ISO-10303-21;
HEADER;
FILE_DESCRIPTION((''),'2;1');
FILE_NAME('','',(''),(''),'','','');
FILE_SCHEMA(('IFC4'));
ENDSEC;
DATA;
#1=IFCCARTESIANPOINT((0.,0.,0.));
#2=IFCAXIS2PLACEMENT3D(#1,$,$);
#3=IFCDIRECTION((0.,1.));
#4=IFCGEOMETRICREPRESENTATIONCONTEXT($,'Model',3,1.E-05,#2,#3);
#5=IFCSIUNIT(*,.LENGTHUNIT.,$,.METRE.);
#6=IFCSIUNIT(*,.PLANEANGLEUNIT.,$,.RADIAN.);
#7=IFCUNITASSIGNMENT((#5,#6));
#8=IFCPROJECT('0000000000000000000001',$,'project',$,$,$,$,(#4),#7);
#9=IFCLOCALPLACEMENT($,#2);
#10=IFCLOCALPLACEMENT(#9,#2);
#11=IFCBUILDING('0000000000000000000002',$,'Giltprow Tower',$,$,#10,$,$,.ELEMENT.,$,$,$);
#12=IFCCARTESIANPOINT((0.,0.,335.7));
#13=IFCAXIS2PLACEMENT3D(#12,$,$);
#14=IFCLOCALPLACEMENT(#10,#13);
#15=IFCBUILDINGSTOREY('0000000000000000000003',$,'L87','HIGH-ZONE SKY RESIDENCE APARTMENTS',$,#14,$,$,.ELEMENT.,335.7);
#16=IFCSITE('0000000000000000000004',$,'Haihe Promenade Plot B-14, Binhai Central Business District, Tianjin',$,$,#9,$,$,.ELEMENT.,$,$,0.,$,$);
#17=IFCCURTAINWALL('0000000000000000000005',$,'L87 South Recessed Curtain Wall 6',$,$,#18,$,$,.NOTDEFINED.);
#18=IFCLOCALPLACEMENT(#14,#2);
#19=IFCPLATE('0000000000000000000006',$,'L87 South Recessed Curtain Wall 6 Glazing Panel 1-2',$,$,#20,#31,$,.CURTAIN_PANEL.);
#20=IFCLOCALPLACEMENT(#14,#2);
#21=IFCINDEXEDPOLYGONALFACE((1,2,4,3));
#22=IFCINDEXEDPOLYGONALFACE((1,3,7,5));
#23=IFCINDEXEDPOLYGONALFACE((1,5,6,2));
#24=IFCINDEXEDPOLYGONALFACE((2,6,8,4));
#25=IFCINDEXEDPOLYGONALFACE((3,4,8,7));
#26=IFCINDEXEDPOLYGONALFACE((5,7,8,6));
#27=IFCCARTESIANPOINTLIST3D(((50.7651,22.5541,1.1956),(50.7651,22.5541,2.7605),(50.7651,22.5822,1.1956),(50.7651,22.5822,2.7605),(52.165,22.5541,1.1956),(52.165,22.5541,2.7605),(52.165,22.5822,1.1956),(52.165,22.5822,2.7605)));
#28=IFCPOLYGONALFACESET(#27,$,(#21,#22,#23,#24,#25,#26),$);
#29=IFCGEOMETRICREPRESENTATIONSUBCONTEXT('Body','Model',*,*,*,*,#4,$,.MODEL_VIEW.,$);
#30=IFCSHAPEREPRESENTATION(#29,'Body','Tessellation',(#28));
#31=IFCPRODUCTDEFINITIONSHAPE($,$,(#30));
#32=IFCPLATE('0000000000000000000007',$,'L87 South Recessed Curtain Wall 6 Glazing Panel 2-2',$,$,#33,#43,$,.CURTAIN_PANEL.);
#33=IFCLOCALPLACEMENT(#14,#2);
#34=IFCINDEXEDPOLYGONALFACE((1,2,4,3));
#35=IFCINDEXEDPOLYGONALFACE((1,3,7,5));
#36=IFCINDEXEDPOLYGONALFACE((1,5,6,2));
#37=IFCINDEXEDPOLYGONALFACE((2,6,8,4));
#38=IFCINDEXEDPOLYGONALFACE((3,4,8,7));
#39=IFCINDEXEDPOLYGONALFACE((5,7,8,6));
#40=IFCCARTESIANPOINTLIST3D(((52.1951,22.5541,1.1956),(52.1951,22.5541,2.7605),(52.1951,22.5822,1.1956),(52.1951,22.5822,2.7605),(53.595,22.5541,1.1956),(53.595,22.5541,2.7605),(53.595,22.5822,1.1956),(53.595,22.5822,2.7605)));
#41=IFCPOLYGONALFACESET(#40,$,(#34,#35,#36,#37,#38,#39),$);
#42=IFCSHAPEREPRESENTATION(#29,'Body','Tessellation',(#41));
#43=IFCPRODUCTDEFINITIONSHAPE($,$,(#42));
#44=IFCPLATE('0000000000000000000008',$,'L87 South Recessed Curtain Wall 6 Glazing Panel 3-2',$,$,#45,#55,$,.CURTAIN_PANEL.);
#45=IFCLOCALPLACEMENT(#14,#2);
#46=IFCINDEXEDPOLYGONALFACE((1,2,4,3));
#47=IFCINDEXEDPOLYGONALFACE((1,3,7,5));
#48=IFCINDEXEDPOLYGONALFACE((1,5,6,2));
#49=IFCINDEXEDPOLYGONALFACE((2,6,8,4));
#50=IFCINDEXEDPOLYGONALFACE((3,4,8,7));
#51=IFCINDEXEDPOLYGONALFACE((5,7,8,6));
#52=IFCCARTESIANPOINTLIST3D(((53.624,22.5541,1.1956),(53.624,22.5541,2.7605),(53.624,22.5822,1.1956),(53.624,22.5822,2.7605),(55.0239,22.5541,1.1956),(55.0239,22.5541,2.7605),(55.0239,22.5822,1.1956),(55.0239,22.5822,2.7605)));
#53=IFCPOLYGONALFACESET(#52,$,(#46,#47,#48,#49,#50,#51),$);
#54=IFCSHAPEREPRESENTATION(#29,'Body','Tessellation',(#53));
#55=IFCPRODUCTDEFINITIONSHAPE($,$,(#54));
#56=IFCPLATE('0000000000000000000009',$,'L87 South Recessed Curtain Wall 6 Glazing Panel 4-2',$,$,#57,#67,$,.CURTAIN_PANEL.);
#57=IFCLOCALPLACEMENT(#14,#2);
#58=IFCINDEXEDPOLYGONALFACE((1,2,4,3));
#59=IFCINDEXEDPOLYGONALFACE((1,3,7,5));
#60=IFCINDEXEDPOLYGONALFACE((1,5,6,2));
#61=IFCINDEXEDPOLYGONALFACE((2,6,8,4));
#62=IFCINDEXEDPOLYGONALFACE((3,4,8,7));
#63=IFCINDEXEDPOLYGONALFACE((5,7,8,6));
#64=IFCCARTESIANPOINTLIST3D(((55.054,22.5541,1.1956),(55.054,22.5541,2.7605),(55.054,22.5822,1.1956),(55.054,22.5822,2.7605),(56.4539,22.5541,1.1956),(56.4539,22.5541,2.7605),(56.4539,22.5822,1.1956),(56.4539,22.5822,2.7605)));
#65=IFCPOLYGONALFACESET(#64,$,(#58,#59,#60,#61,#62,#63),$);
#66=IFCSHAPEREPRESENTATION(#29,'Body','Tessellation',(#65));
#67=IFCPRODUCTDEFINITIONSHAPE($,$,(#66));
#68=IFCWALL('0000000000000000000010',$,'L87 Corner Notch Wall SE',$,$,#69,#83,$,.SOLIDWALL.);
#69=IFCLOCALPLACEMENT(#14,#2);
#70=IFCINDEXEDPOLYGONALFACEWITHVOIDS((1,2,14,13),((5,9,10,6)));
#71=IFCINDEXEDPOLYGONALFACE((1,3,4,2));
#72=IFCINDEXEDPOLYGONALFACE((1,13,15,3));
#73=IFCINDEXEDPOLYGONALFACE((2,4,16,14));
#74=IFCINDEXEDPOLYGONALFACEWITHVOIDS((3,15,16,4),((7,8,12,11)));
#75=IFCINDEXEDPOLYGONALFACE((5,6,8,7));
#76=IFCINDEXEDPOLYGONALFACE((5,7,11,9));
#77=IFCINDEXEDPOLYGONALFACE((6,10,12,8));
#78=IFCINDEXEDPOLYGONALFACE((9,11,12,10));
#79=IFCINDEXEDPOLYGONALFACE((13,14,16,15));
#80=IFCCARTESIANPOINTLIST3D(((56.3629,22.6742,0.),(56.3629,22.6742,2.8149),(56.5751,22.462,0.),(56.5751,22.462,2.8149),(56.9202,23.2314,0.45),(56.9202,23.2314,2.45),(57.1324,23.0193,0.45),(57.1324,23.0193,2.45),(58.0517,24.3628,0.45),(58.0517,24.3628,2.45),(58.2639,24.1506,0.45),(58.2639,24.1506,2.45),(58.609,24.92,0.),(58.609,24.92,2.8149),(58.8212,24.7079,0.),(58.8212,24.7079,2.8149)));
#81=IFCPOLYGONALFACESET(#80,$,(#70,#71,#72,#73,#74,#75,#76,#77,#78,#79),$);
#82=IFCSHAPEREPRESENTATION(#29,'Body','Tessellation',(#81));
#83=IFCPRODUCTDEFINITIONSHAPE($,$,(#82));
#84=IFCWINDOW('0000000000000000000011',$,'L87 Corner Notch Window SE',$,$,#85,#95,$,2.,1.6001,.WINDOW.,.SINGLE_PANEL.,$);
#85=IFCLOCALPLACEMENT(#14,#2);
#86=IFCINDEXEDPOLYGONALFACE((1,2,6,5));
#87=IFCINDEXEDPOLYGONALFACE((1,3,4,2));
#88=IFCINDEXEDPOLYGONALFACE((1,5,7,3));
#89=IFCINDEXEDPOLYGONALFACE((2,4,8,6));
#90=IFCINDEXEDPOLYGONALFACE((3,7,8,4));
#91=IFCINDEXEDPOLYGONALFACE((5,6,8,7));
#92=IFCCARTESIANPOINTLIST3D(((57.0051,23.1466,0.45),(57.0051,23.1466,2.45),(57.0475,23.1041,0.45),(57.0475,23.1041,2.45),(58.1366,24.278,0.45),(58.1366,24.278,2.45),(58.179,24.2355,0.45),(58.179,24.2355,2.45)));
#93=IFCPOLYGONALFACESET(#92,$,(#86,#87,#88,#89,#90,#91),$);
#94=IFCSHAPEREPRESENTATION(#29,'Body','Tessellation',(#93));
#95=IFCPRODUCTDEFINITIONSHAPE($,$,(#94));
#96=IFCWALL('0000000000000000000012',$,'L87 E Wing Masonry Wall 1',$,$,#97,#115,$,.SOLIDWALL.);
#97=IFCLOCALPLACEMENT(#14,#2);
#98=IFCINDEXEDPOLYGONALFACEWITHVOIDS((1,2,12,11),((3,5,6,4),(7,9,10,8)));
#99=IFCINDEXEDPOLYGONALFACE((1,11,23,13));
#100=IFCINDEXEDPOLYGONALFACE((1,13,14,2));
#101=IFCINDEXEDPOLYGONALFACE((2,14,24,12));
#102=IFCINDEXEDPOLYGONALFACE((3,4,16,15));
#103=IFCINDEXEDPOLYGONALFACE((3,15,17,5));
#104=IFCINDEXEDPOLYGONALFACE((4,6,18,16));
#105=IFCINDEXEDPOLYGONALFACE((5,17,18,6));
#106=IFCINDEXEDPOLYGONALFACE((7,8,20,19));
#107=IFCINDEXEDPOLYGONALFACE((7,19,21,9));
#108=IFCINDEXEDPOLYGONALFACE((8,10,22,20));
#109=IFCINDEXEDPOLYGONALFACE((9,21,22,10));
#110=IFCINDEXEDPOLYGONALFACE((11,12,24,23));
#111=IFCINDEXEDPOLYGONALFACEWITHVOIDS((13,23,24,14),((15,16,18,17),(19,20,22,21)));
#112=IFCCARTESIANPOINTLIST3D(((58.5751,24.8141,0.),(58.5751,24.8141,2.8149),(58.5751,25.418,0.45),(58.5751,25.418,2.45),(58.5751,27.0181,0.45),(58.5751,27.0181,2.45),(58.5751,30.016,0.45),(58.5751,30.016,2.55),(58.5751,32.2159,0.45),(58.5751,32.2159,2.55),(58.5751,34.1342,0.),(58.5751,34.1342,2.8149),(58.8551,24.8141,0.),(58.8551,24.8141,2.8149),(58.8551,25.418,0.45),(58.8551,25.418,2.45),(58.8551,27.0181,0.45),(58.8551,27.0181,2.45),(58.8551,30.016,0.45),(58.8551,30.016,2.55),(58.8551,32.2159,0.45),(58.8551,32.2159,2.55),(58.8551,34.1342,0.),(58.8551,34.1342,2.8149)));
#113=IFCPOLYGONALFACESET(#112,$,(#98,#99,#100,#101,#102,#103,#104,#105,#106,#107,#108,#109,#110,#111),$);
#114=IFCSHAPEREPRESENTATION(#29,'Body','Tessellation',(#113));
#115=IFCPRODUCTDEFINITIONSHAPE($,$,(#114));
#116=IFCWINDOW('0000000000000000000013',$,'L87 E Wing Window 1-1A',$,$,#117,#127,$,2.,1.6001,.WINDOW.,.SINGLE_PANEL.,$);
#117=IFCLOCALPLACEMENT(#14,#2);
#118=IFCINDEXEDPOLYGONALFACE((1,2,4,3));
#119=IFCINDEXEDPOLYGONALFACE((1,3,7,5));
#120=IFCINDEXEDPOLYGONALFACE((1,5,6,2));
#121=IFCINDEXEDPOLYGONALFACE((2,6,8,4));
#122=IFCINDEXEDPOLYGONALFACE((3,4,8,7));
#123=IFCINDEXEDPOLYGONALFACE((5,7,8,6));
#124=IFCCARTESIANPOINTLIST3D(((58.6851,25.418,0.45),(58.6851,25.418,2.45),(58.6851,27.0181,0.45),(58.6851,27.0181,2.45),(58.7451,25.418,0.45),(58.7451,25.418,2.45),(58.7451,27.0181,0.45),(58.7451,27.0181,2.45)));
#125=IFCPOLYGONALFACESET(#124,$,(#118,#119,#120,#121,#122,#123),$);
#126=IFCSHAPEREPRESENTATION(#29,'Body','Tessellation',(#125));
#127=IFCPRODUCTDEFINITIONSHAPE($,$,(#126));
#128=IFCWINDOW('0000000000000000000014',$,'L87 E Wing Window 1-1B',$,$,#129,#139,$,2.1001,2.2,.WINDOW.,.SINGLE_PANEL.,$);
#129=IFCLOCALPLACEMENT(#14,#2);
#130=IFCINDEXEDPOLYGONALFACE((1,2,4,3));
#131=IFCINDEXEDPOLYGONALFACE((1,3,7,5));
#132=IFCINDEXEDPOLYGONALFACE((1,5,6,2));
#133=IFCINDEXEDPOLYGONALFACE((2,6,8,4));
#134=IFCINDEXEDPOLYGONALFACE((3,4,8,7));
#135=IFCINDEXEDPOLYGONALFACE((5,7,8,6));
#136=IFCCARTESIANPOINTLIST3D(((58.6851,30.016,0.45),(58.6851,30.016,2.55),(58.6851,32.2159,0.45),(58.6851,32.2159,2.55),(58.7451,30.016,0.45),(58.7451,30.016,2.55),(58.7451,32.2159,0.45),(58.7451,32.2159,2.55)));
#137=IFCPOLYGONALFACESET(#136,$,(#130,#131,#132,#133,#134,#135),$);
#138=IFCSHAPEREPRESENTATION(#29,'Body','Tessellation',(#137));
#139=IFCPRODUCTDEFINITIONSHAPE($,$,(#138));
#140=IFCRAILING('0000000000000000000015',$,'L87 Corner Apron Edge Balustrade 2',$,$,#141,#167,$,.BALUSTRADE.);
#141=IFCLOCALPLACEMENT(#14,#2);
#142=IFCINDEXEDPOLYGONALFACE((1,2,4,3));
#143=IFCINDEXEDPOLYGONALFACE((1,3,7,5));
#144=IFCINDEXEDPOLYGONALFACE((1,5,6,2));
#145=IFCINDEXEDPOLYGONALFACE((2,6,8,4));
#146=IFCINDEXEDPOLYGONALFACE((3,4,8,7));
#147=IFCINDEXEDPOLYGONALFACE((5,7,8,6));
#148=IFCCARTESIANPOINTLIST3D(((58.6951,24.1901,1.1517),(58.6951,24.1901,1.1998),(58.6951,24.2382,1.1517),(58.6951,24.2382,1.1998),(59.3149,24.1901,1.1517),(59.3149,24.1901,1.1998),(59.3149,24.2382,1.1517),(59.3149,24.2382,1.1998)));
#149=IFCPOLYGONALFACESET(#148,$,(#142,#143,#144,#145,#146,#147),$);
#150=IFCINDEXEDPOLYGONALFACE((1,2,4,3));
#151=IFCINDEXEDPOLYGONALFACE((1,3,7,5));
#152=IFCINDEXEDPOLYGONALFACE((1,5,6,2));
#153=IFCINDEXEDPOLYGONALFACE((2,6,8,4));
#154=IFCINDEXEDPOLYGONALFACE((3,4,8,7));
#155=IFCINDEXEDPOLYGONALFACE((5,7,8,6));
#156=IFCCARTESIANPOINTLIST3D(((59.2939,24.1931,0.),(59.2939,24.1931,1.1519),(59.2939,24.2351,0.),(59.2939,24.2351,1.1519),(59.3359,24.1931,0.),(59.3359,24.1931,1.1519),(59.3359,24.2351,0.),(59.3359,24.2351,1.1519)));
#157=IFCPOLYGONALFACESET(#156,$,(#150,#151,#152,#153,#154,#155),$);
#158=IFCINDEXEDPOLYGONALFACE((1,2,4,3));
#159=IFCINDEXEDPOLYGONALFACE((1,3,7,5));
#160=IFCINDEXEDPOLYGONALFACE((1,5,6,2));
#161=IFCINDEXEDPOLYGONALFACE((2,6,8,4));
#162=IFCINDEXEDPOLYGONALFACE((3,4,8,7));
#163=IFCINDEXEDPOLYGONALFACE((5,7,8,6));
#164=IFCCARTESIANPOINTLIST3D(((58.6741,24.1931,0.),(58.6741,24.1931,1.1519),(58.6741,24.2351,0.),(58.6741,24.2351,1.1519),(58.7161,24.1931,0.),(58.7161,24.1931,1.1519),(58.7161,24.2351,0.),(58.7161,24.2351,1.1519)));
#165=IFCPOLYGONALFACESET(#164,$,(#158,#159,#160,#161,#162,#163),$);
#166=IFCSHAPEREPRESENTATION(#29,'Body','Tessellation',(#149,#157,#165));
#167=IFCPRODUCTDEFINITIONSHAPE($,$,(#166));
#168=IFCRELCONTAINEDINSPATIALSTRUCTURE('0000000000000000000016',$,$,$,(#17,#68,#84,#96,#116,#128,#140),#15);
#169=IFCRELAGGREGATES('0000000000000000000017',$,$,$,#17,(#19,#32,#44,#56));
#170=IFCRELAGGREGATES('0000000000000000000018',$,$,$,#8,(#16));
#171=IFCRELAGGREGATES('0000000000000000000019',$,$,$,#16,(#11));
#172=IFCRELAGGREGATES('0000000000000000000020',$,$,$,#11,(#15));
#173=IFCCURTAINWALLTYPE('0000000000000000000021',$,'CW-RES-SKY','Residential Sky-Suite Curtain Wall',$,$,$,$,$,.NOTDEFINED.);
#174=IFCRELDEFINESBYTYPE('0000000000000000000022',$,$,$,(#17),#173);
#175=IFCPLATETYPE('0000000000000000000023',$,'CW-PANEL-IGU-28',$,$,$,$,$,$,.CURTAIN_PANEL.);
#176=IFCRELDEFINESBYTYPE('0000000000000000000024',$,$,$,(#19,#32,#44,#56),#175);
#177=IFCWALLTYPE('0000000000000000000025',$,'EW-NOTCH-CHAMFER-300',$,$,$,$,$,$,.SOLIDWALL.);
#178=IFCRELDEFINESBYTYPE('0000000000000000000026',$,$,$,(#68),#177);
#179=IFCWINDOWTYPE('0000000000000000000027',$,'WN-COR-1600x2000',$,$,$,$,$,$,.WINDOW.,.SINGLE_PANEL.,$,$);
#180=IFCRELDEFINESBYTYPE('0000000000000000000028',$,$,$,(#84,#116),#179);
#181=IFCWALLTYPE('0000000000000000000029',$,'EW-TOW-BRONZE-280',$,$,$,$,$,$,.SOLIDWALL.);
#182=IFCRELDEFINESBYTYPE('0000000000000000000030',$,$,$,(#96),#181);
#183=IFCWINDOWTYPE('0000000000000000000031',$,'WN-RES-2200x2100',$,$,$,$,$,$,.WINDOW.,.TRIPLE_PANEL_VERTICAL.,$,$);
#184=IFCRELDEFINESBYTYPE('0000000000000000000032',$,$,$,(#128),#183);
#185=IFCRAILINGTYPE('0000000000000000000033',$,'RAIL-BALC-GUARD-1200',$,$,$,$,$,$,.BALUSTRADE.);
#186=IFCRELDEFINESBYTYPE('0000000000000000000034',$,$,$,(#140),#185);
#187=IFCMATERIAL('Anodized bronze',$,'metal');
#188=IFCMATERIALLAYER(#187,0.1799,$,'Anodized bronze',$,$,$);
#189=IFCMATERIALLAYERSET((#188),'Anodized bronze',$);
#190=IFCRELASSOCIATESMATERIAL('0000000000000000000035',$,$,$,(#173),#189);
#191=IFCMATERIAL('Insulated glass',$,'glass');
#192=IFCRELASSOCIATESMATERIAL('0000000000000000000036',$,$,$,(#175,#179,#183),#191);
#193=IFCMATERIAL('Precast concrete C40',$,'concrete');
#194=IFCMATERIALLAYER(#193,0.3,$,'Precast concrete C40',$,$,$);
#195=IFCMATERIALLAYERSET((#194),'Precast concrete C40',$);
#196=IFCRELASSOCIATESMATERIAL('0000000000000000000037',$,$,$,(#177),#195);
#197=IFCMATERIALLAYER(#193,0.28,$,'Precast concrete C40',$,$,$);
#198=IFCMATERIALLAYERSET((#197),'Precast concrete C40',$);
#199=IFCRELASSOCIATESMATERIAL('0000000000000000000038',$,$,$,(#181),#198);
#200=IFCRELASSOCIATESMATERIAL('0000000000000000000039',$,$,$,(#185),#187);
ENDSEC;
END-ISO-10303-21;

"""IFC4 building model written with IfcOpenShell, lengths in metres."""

from ifc_helpers import new_model, si_unit, direction, frame, frame_2d, origin, origin_2d, place, context, subcontext, project, spatial, rectangle, extrude, source, transform, mapped, material, layer, layer_set, type_object, element, fill, aggregate, save


model = new_model("IFC4")

# Units and contexts
model_context = context("Model", 3, precision=1e-05, world=origin(), true_north=direction((0.0, 1.0)))
body_context = subcontext(model_context, "Body", "Model", "MODEL_VIEW")
ifc_project = project(units=[si_unit("LENGTHUNIT", "METRE"), si_unit("PLANEANGLEUNIT", "RADIAN")], contexts=[model_context])

# Site, building, storey
site_placement = place(None, origin())
site = spatial("IfcSite", under=ifc_project, at=site_placement, Name="Haihe Promenade Plot B-14, Binhai Central Business District, Tianjin", CompositionType="ELEMENT", RefElevation=0.0)
building_placement = place(site_placement, origin())
building = spatial("IfcBuilding", under=site, at=building_placement, Name="Giltprow Tower", CompositionType="ELEMENT")
storey_placement = place(building_placement, frame((0.0, 0.0, 335.7)))
storey = spatial("IfcBuildingStorey", under=building, at=storey_placement, Name="L87", Description="HIGH-ZONE SKY RESIDENCE APARTMENTS", CompositionType="ELEMENT", Elevation=335.7)

# Curtain wall, plates
ifc_material_1 = material(Name="Anodized bronze", Category="metal")
ifc_layer_1 = layer(ifc_material_1, 0.1799, Name="Anodized bronze")
ifc_layer_set_1 = layer_set([ifc_layer_1], Name="Anodized bronze")
curtain_wall_type = type_object("IfcCurtainWallType", Name="CW-RES-SKY", Description="Residential Sky-Suite Curtain Wall", PredefinedType="NOTDEFINED", material=ifc_layer_set_1)
curtain_wall_placement = place(storey_placement, origin())
curtain_wall = element("IfcCurtainWall", 1, at=curtain_wall_placement, inside=storey, type_object=curtain_wall_type, Name="L87 South Recessed Curtain Wall 6", PredefinedType="NOTDEFINED")
ifc_material_2 = material(Name="Insulated glass", Category="glass")
plate_type = type_object("IfcPlateType", Name="CW-PANEL-IGU-28", PredefinedType="CURTAIN_PANEL", material=ifc_material_2)
shared_shape_1 = source(origin(), body_context, "Body", "SweptSolid", [
    extrude(rectangle(XDim=1.3999, YDim=0.0281, at=origin_2d()), origin(), (0.0, 0.0, 1.0), 1.5649),
])
plate_1_placement = place(storey_placement, frame((51.4651, 22.5681, 1.1956), z_axis=(0.0, 0.0, 1.0), x_axis=(1.0, 0.0, 0.0)))
plate_1 = element("IfcPlate", 2, at=plate_1_placement, type_object=plate_type, Name="L87 South Recessed Curtain Wall 6 Glazing Panel 1-2", PredefinedType="CURTAIN_PANEL", context=body_context, shape_type="MappedRepresentation", body=[
    mapped(shared_shape_1, transform((0.0, 0.0, 0.0), x_axis=(1.0, 0.0, 0.0), y_axis=(0.0, 1.0, 0.0), z_axis=(0.0, 0.0, 1.0), scale=1.0)),
])
plate_2_placement = place(storey_placement, frame((52.895, 22.5681, 1.1956), z_axis=(0.0, 0.0, 1.0), x_axis=(1.0, 0.0, 0.0)))
plate_2 = element("IfcPlate", 3, at=plate_2_placement, type_object=plate_type, Name="L87 South Recessed Curtain Wall 6 Glazing Panel 2-2", PredefinedType="CURTAIN_PANEL", context=body_context, shape_type="MappedRepresentation", body=[
    mapped(shared_shape_1, transform((0.0, 0.0, 0.0), x_axis=(1.0, 0.0, 0.0), y_axis=(0.0, 1.0, 0.0), z_axis=(0.0, 0.0, 1.0), scale=1.0)),
])
plate_3_placement = place(storey_placement, frame((54.324, 22.5681, 1.1956), z_axis=(0.0, 0.0, 1.0), x_axis=(1.0, 0.0, 0.0)))
plate_3 = element("IfcPlate", 4, at=plate_3_placement, type_object=plate_type, Name="L87 South Recessed Curtain Wall 6 Glazing Panel 3-2", PredefinedType="CURTAIN_PANEL", context=body_context, shape_type="MappedRepresentation", body=[
    mapped(shared_shape_1, transform((0.0, 0.0, 0.0), x_axis=(1.0, 0.0, 0.0), y_axis=(0.0, 1.0, 0.0), z_axis=(0.0, 0.0, 1.0), scale=1.0)),
])
plate_4_placement = place(storey_placement, frame((55.7539, 22.5681, 1.1956), z_axis=(0.0, 0.0, 1.0), x_axis=(1.0, 0.0, 0.0)))
plate_4 = element("IfcPlate", 5, at=plate_4_placement, type_object=plate_type, Name="L87 South Recessed Curtain Wall 6 Glazing Panel 4-2", PredefinedType="CURTAIN_PANEL", context=body_context, shape_type="MappedRepresentation", body=[
    mapped(shared_shape_1, transform((0.0, 0.0, 0.0), x_axis=(1.0, 0.0, 0.0), y_axis=(0.0, 1.0, 0.0), z_axis=(0.0, 0.0, 1.0), scale=1.0)),
])
aggregate(curtain_wall, [plate_1, plate_2, plate_3, plate_4])

# Wall, opening, window
ifc_material_3 = material(Name="Precast concrete C40", Category="concrete")
ifc_layer_2 = layer(ifc_material_3, 0.3, Name="Precast concrete C40")
ifc_layer_set_2 = layer_set([ifc_layer_2], Name="Precast concrete C40")
wall_type_1 = type_object("IfcWallType", Name="EW-NOTCH-CHAMFER-300", PredefinedType="SOLIDWALL", material=ifc_layer_set_2)
wall_1_placement = place(storey_placement, frame((56.469, 22.5681, 0.0), z_axis=(0.0, 0.0, 1.0), x_axis=(0.707145, 0.707068, 0.0)))
wall_1 = element("IfcWall", 6, at=wall_1_placement, inside=storey, type_object=wall_type_1, Name="L87 Corner Notch Wall SE", PredefinedType="SOLIDWALL", context=body_context, shape_type="SweptSolid", body=[
    extrude(rectangle(XDim=3.1763, YDim=0.3, at=frame_2d((1.5881, 0.0))), origin(), (0.0, 0.0, 1.0), 2.8149),
])
opening_1_placement = place(wall_1_placement, frame((0.7881, 0.0, 0.45)))
opening_1 = element("IfcOpeningElement", 7, at=opening_1_placement, cuts=wall_1, PredefinedType="OPENING", context=body_context, shape_type="SweptSolid", body=[
    extrude(rectangle(XDim=1.6001, YDim=2.0, at=frame_2d((0.8, 1.0))), frame((0.0, 0.1599, 0.0), z_axis=(0.0, -1.0, 0.0), x_axis=(1.0, 0.0, 0.0)), (0.0, 0.0, 1.0), 0.3201),
])
window_type_1 = type_object("IfcWindowType", Name="WN-COR-1600x2000", PartitioningType="SINGLE_PANEL", PredefinedType="WINDOW", material=ifc_material_2)
shared_shape_2 = source(origin(), body_context, "Body", "SweptSolid", [
    extrude(rectangle(XDim=1.6001, YDim=2.0, at=frame_2d((0.8, 1.0))), frame((0.0, 0.03, 0.0), z_axis=(0.0, -1.0, 0.0), x_axis=(1.0, 0.0, 0.0)), (0.0, 0.0, 1.0), 0.0601),
])
window_1_placement = place(opening_1_placement, origin())
window_1 = element("IfcWindow", 8, at=window_1_placement, inside=storey, type_object=window_type_1, Name="L87 Corner Notch Window SE", OverallHeight=2.0, OverallWidth=1.6001, PartitioningType="SINGLE_PANEL", PredefinedType="WINDOW", context=body_context, shape_type="MappedRepresentation", body=[
    mapped(shared_shape_2, transform((0.0, 0.0, 0.0), x_axis=(1.0, 0.0, 0.0), y_axis=(0.0, 1.0, 0.0), z_axis=(0.0, 0.0, 1.0), scale=1.0)),
])
fill(opening_1, window_1)

# Wall, openings, windows
ifc_layer_3 = layer(ifc_material_3, 0.28, Name="Precast concrete C40")
ifc_layer_set_3 = layer_set([ifc_layer_3], Name="Precast concrete C40")
wall_type_2 = type_object("IfcWallType", Name="EW-TOW-BRONZE-280", PredefinedType="SOLIDWALL", material=ifc_layer_set_3)
wall_2_placement = place(storey_placement, frame((58.7151, 24.814, 0.0), z_axis=(0.0, 0.0, 1.0), x_axis=(0.0, 1.0, 0.0)))
wall_2 = element("IfcWall", 9, at=wall_2_placement, inside=storey, type_object=wall_type_2, Name="L87 E Wing Masonry Wall 1", PredefinedType="SOLIDWALL", context=body_context, shape_type="SweptSolid", body=[
    extrude(rectangle(XDim=9.3201, YDim=0.28, at=frame_2d((4.6602, 0.0))), origin(), (0.0, 0.0, 1.0), 2.8149),
])
opening_2_placement = place(wall_2_placement, frame((0.604, 0.0, 0.45)))
opening_2 = element("IfcOpeningElement", 10, at=opening_2_placement, cuts=wall_2, PredefinedType="OPENING", context=body_context, shape_type="SweptSolid", body=[
    extrude(rectangle(XDim=1.6001, YDim=2.0, at=frame_2d((0.8, 1.0))), frame((0.0, 0.1499, 0.0), z_axis=(0.0, -1.0, 0.0), x_axis=(1.0, 0.0, 0.0)), (0.0, 0.0, 1.0), 0.3),
])
opening_3_placement = place(wall_2_placement, frame((5.2019, 0.0, 0.45)))
opening_3 = element("IfcOpeningElement", 11, at=opening_3_placement, cuts=wall_2, PredefinedType="OPENING", context=body_context, shape_type="SweptSolid", body=[
    extrude(rectangle(XDim=2.2, YDim=2.1001, at=frame_2d((1.1001, 1.05))), frame((0.0, 0.1499, 0.0), z_axis=(0.0, -1.0, 0.0), x_axis=(1.0, 0.0, 0.0)), (0.0, 0.0, 1.0), 0.3),
])
window_2_placement = place(opening_2_placement, origin())
window_2 = element("IfcWindow", 12, at=window_2_placement, inside=storey, type_object=window_type_1, Name="L87 E Wing Window 1-1A", OverallHeight=2.0, OverallWidth=1.6001, PartitioningType="SINGLE_PANEL", PredefinedType="WINDOW", context=body_context, shape_type="MappedRepresentation", body=[
    mapped(shared_shape_2, transform((0.0, 0.0, 0.0), x_axis=(1.0, 0.0, 0.0), y_axis=(0.0, 1.0, 0.0), z_axis=(0.0, 0.0, 1.0), scale=1.0)),
])
fill(opening_2, window_2)
window_type_2 = type_object("IfcWindowType", Name="WN-RES-2200x2100", PartitioningType="TRIPLE_PANEL_VERTICAL", PredefinedType="WINDOW", material=ifc_material_2)
shared_shape_3 = source(origin(), body_context, "Body", "SweptSolid", [
    extrude(rectangle(XDim=2.2, YDim=2.1001, at=frame_2d((1.1001, 1.05))), frame((0.0, 0.03, 0.0), z_axis=(0.0, -1.0, 0.0), x_axis=(1.0, 0.0, 0.0)), (0.0, 0.0, 1.0), 0.0601),
])
window_3_placement = place(opening_3_placement, origin())
window_3 = element("IfcWindow", 13, at=window_3_placement, inside=storey, type_object=window_type_2, Name="L87 E Wing Window 1-1B", OverallHeight=2.1001, OverallWidth=2.2, PartitioningType="SINGLE_PANEL", PredefinedType="WINDOW", context=body_context, shape_type="MappedRepresentation", body=[
    mapped(shared_shape_3, transform((0.0, 0.0, 0.0), x_axis=(1.0, 0.0, 0.0), y_axis=(0.0, 1.0, 0.0), z_axis=(0.0, 0.0, 1.0), scale=1.0)),
])
fill(opening_3, window_3)

# Railing
railing_type = type_object("IfcRailingType", Name="RAIL-BALC-GUARD-1200", PredefinedType="BALUSTRADE", material=ifc_material_1)
railing_1_placement = place(storey_placement, frame((59.3149, 24.2141, 0.0)))
element("IfcRailing", 14, at=railing_1_placement, inside=storey, type_object=railing_type, Name="L87 Corner Apron Edge Balustrade 2", PredefinedType="BALUSTRADE", context=body_context, shape_type="SweptSolid", body=[
    extrude(rectangle(XDim=0.0481, YDim=0.0481, at=origin_2d()), frame((0.0, 0.0, 1.1758), z_axis=(-1.0, 0.0, 0.0), x_axis=(0.0, -1.0, 0.0)), (0.0, 0.0, 1.0), 0.6199),
    extrude(rectangle(XDim=0.042, YDim=0.042, at=origin_2d()), origin(), (0.0, 0.0, 1.0), 1.1519),
    extrude(rectangle(XDim=0.042, YDim=0.042, at=origin_2d()), frame((-0.6199, 0.0, 0.0)), (0.0, 0.0, 1.0), 1.1519),
])

save(model, "model.ifc")
